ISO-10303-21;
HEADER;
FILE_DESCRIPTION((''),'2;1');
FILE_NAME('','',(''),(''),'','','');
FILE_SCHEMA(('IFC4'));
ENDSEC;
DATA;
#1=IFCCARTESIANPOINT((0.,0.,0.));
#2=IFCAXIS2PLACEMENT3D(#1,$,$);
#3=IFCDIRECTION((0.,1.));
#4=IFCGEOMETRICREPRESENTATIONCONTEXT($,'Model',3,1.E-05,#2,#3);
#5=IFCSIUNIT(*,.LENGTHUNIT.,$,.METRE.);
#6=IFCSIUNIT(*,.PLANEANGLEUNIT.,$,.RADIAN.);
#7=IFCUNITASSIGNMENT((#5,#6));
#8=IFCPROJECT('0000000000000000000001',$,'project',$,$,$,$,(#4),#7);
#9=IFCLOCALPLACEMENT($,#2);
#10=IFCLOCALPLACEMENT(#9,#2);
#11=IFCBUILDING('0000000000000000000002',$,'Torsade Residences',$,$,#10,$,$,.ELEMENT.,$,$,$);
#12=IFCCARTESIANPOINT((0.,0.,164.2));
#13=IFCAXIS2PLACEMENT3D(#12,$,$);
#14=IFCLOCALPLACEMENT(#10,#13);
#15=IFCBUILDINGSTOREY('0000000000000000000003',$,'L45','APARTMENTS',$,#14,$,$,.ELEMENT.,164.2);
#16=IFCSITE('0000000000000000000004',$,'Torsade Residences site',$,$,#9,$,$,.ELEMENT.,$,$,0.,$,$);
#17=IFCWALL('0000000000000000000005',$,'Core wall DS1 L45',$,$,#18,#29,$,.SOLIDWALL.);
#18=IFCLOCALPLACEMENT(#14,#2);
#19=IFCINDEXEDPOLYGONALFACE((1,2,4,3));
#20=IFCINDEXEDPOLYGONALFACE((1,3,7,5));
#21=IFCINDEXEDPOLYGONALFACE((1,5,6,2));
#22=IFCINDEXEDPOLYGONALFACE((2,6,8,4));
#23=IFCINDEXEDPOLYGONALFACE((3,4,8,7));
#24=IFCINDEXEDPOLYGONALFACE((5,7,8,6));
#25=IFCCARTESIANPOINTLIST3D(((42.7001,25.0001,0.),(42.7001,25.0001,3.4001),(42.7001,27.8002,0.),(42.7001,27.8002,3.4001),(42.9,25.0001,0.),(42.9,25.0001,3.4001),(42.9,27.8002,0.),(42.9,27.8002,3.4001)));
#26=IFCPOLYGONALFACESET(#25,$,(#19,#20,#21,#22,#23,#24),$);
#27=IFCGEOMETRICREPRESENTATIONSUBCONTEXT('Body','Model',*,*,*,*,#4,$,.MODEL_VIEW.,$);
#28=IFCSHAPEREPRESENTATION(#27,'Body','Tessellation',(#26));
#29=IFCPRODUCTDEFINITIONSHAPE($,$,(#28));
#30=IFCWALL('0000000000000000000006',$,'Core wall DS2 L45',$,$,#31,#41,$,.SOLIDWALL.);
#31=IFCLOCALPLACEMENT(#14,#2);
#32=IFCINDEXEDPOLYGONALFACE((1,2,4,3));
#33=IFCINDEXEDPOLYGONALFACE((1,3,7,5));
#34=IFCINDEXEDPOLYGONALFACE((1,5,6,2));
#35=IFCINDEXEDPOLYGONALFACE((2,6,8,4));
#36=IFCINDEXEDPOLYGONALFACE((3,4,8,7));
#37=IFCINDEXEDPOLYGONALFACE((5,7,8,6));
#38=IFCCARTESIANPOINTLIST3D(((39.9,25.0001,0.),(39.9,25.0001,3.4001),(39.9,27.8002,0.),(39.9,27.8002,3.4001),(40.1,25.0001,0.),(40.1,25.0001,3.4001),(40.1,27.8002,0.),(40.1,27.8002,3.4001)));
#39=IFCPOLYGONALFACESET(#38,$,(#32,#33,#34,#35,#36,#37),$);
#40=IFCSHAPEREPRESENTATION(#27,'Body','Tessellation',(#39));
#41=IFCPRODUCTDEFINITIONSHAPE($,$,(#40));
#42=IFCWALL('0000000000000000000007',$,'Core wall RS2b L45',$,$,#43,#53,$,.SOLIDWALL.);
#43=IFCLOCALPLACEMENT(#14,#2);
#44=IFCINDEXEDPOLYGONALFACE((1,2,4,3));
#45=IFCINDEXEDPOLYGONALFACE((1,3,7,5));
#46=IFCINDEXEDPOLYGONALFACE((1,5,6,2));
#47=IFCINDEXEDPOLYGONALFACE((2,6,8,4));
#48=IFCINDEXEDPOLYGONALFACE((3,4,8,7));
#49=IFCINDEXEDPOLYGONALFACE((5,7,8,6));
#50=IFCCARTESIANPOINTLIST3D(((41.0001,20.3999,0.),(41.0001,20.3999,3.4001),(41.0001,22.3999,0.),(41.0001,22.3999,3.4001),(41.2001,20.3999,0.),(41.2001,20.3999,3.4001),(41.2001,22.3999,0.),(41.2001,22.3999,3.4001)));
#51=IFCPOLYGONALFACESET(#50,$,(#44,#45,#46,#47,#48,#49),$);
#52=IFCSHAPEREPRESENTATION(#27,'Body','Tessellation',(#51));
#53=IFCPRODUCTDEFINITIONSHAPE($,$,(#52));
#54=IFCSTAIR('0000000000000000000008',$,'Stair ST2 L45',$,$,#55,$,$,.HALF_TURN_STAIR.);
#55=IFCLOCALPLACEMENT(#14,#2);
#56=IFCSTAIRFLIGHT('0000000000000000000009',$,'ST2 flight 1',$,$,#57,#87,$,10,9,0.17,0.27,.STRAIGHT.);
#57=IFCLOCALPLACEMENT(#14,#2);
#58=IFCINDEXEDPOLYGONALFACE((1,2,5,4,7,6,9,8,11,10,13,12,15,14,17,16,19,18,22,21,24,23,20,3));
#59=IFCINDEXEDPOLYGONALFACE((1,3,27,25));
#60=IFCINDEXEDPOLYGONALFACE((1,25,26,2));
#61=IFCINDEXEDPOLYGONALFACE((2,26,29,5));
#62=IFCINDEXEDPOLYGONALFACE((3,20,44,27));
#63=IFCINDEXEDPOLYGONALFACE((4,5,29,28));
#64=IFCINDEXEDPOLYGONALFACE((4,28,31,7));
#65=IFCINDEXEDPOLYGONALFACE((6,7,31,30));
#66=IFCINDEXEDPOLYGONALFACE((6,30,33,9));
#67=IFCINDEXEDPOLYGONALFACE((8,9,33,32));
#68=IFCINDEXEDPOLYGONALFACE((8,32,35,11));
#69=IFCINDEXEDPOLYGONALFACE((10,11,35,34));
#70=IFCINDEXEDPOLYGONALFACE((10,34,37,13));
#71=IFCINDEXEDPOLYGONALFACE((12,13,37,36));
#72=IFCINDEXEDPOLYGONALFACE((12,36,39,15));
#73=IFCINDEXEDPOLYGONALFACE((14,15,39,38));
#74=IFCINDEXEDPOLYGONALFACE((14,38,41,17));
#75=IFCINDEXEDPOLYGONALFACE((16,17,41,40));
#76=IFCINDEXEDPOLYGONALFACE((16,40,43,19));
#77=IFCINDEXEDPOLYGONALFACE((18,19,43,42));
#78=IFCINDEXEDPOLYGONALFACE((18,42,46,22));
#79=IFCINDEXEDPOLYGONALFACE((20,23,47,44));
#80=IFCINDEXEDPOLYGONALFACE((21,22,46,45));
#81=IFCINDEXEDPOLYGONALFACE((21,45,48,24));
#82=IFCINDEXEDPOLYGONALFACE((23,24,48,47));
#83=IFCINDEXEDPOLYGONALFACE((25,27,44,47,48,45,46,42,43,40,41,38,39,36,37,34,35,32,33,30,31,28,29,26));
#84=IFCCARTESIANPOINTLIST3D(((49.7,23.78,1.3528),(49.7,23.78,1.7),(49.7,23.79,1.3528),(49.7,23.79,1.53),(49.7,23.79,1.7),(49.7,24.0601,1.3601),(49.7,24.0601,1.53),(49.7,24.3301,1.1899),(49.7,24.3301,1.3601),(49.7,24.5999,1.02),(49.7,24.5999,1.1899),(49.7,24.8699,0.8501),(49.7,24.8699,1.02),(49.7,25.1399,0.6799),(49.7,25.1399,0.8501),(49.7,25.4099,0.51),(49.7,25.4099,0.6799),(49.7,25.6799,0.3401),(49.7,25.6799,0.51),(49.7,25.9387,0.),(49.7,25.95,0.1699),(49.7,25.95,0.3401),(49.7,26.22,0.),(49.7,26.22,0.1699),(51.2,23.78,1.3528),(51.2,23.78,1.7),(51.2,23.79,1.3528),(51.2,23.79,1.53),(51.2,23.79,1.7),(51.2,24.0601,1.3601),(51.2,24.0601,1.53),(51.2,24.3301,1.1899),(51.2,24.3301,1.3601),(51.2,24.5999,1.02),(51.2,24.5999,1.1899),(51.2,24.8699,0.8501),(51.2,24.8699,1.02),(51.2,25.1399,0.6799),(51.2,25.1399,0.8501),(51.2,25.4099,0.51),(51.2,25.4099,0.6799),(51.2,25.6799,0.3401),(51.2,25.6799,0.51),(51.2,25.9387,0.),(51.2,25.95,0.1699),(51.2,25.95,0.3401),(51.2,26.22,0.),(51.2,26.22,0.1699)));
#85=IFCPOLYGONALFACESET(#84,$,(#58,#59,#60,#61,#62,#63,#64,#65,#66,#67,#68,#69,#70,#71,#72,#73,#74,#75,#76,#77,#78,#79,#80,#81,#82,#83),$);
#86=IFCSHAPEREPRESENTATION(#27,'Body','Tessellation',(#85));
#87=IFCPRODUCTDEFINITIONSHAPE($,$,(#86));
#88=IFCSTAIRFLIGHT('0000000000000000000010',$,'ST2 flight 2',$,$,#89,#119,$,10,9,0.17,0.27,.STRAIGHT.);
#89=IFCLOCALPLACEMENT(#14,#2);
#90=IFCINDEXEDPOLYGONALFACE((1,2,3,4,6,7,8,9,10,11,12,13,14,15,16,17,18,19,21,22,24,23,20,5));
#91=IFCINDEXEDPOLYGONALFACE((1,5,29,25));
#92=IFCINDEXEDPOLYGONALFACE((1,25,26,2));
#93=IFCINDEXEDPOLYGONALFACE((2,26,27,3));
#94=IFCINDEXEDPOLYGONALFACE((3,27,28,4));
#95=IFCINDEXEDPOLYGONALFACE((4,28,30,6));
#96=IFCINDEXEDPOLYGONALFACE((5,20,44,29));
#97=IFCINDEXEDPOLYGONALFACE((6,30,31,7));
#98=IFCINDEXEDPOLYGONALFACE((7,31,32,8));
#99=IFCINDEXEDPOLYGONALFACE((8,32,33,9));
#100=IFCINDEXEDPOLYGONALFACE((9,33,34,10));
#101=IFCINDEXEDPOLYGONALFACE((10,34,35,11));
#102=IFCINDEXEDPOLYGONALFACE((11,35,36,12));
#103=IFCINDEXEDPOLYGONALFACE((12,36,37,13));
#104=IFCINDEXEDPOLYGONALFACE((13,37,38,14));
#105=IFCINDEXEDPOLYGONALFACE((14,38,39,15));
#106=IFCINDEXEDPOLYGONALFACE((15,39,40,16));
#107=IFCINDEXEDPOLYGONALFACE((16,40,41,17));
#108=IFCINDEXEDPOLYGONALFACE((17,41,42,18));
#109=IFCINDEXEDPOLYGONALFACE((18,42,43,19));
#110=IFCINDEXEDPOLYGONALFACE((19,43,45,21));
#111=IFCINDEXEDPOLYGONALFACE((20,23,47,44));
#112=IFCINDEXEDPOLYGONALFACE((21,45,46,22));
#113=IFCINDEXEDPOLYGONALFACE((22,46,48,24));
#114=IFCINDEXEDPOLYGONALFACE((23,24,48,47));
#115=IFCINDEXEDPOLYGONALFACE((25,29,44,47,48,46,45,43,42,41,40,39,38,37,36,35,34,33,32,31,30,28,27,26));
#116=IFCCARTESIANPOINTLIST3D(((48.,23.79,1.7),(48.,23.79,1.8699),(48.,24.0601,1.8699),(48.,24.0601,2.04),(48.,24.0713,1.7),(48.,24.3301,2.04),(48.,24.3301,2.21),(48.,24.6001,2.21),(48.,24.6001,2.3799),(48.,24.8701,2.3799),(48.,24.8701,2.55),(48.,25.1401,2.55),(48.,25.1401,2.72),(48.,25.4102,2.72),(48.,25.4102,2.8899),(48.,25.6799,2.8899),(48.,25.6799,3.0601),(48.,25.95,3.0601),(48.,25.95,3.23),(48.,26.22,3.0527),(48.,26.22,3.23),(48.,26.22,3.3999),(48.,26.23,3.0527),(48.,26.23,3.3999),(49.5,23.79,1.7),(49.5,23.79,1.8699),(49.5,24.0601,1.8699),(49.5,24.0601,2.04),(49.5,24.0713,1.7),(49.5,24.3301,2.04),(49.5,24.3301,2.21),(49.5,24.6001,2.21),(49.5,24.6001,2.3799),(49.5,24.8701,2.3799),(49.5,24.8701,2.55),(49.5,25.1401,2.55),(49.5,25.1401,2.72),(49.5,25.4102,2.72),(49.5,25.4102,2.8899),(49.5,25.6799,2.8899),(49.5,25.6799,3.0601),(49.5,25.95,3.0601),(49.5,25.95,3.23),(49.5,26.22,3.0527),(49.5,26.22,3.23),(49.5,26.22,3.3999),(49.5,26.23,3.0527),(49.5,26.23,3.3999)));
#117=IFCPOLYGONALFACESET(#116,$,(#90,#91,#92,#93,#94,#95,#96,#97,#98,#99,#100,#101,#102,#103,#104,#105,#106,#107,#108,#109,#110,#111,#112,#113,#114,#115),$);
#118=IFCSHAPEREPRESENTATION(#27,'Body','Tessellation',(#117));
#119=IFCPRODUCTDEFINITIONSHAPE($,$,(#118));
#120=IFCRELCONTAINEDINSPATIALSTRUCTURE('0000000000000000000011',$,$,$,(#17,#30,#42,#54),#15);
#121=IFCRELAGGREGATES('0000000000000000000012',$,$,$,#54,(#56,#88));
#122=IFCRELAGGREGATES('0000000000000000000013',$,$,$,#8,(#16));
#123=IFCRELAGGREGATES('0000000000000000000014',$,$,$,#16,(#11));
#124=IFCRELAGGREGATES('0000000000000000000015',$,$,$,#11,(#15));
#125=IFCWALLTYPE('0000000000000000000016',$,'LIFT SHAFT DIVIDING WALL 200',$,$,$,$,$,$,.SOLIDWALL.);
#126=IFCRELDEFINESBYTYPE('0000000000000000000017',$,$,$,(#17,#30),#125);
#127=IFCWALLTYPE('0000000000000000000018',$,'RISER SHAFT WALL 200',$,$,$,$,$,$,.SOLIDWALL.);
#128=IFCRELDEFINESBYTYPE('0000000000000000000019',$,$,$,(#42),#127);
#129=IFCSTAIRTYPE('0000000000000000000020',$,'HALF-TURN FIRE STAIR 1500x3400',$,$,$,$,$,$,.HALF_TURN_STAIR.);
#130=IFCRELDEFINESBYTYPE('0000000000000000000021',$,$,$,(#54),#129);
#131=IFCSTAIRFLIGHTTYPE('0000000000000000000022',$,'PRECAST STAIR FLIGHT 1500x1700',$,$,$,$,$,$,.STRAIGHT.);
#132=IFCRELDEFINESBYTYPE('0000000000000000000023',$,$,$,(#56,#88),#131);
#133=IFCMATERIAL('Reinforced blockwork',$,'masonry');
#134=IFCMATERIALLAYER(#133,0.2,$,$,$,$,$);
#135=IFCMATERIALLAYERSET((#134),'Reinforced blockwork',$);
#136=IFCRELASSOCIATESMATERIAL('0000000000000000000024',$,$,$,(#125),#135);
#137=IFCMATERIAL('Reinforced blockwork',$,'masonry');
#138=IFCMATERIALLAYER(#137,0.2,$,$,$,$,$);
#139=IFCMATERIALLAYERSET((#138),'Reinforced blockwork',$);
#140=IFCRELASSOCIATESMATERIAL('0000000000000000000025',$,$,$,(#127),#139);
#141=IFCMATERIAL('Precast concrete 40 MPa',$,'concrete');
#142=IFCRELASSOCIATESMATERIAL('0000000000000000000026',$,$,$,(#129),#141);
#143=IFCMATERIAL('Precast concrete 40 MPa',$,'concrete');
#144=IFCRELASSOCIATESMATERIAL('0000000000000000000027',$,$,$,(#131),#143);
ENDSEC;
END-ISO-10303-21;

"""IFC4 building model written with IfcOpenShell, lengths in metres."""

from ifc_helpers import new_model, si_unit, direction, frame, frame_2d, origin, place, context, subcontext, project, spatial, polyline, rectangle, outline, extrude, material, layer, layer_set, type_object, element, aggregate, save


model = new_model("IFC4")

# Units and contexts
model_context = context("Model", 3, precision=1e-05, world=origin(), true_north=direction((0.0, 1.0)))
body_context = subcontext(model_context, "Body", "Model", "MODEL_VIEW")
ifc_project = project(units=[si_unit("LENGTHUNIT", "METRE"), si_unit("PLANEANGLEUNIT", "RADIAN")], contexts=[model_context])

# Site, building, storey
site_placement = place(None, origin())
site = spatial("IfcSite", under=ifc_project, at=site_placement, Name="Torsade Residences site", CompositionType="ELEMENT", RefElevation=0.0)
building_placement = place(site_placement, origin())
building = spatial("IfcBuilding", under=site, at=building_placement, Name="Torsade Residences", CompositionType="ELEMENT")
storey_placement = place(building_placement, frame((0.0, 0.0, 164.2)))
storey = spatial("IfcBuildingStorey", under=building, at=storey_placement, Name="L45", Description="APARTMENTS", CompositionType="ELEMENT", Elevation=164.2)

# Walls
ifc_material_1 = material(Name="Reinforced blockwork", Category="masonry")
ifc_layer_1 = layer(ifc_material_1, 0.2)
ifc_layer_set_1 = layer_set([ifc_layer_1], Name="Reinforced blockwork")
wall_type_1 = type_object("IfcWallType", Name="LIFT SHAFT DIVIDING WALL 200", PredefinedType="SOLIDWALL", material=ifc_layer_set_1)
for number, where, z_axis, x_axis, name in (
    (1, (42.8, 27.8, 0.0), (0.0, 0.0, 1.0), (0.0, -1.0, 0.0), "Core wall DS1 L45"),
    (2, (40.0, 27.8, 0.0), (0.0, 0.0, 1.0), (0.0, -1.0, 0.0), "Core wall DS2 L45"),
):
    element("IfcWall", number, at=place(storey_placement, frame(where, z_axis=z_axis, x_axis=x_axis)), inside=storey, type_object=wall_type_1, Name=name, PredefinedType="SOLIDWALL", context=body_context, shape_type="SweptSolid", body=[
        extrude(rectangle(XDim=2.8, YDim=0.2, at=frame_2d((1.3999, 0.0))), origin(), (0.0, 0.0, 1.0), 3.4001),
    ])
ifc_material_2 = material(Name="Reinforced blockwork", Category="masonry")
ifc_layer_2 = layer(ifc_material_2, 0.2)
ifc_layer_set_2 = layer_set([ifc_layer_2], Name="Reinforced blockwork")
wall_type_2 = type_object("IfcWallType", Name="RISER SHAFT WALL 200", PredefinedType="SOLIDWALL", material=ifc_layer_set_2)
wall_1_placement = place(storey_placement, frame((41.1001, 22.3999, 0.0), z_axis=(0.0, 0.0, 1.0), x_axis=(0.0, -1.0, 0.0)))
element("IfcWall", 3, at=wall_1_placement, inside=storey, type_object=wall_type_2, Name="Core wall RS2b L45", PredefinedType="SOLIDWALL", context=body_context, shape_type="SweptSolid", body=[
    extrude(rectangle(XDim=2.0, YDim=0.2, at=frame_2d((1.0, 0.0))), origin(), (0.0, 0.0, 1.0), 3.4001),
])

# Stair, stair flights
ifc_material_3 = material(Name="Precast concrete 40 MPa", Category="concrete")
stair_type = type_object("IfcStairType", Name="HALF-TURN FIRE STAIR 1500x3400", PredefinedType="HALF_TURN_STAIR", material=ifc_material_3)
stair_placement = place(storey_placement, origin())
stair = element("IfcStair", 4, at=stair_placement, inside=storey, type_object=stair_type, Name="Stair ST2 L45", PredefinedType="HALF_TURN_STAIR")
ifc_material_4 = material(Name="Precast concrete 40 MPa", Category="concrete")
stair_flight_type = type_object("IfcStairFlightType", Name="PRECAST STAIR FLIGHT 1500x1700", PredefinedType="STRAIGHT", material=ifc_material_4)
stair_flight_1_placement = place(storey_placement, frame((50.45, 26.22, 0.0), z_axis=(0.0, 0.0, 1.0), x_axis=(0.0, -1.0, 0.0)))
stair_flight_1 = element("IfcStairFlight", 5, at=stair_flight_1_placement, type_object=stair_flight_type, Name="ST2 flight 1", NumberOfRisers=10, NumberOfTreads=9, PredefinedType="STRAIGHT", RiserHeight=0.17, TreadLength=0.27, context=body_context, shape_type="SweptSolid", body=[
    extrude(outline(polyline([(0.0, 0.0), (0.0, 0.1699), (0.27, 0.1699), (0.27, 0.3401), (0.54, 0.3401), (0.54, 0.51), (0.8101, 0.51), (0.8101, 0.6799), (1.0801, 0.6799), (1.0801, 0.8501), (1.3501, 0.8501), (1.3501, 1.02), (1.6201, 1.02), (1.6201, 1.1899), (1.8899, 1.1899), (1.8899, 1.3601), (2.1599, 1.3601), (2.1599, 1.53), (2.4299, 1.53), (2.4299, 1.7), (2.4399, 1.7), (2.4399, 1.3528), (2.4299, 1.3528), (0.2812, 0.0), (0.0, 0.0)])), frame((0.0, 0.75, 0.0), z_axis=(0.0, -1.0, 0.0), x_axis=(1.0, 0.0, 0.0)), (0.0, 0.0, 1.0), 1.5),
])
stair_flight_2_placement = place(storey_placement, frame((48.75, 23.79, 1.7), z_axis=(0.0, 0.0, 1.0), x_axis=(0.0, 1.0, 0.0)))
stair_flight_2 = element("IfcStairFlight", 6, at=stair_flight_2_placement, type_object=stair_flight_type, Name="ST2 flight 2", NumberOfRisers=10, NumberOfTreads=9, PredefinedType="STRAIGHT", RiserHeight=0.17, TreadLength=0.27, context=body_context, shape_type="SweptSolid", body=[
    extrude(outline(polyline([(0.0, 0.0), (0.0, 0.1699), (0.27, 0.1699), (0.27, 0.3401), (0.54, 0.3401), (0.54, 0.51), (0.8101, 0.51), (0.8101, 0.6799), (1.0801, 0.6799), (1.0801, 0.8501), (1.3501, 0.8501), (1.3501, 1.02), (1.6201, 1.02), (1.6201, 1.1899), (1.8899, 1.1899), (1.8899, 1.3601), (2.1599, 1.3601), (2.1599, 1.53), (2.4299, 1.53), (2.4299, 1.7), (2.4399, 1.7), (2.4399, 1.3528), (2.4299, 1.3528), (0.2812, 0.0), (0.0, 0.0)])), frame((0.0, 0.75, 0.0), z_axis=(0.0, -1.0, 0.0), x_axis=(1.0, 0.0, 0.0)), (0.0, 0.0, 1.0), 1.5),
])
aggregate(stair, [stair_flight_1, stair_flight_2])

save(model, "model.ifc")
